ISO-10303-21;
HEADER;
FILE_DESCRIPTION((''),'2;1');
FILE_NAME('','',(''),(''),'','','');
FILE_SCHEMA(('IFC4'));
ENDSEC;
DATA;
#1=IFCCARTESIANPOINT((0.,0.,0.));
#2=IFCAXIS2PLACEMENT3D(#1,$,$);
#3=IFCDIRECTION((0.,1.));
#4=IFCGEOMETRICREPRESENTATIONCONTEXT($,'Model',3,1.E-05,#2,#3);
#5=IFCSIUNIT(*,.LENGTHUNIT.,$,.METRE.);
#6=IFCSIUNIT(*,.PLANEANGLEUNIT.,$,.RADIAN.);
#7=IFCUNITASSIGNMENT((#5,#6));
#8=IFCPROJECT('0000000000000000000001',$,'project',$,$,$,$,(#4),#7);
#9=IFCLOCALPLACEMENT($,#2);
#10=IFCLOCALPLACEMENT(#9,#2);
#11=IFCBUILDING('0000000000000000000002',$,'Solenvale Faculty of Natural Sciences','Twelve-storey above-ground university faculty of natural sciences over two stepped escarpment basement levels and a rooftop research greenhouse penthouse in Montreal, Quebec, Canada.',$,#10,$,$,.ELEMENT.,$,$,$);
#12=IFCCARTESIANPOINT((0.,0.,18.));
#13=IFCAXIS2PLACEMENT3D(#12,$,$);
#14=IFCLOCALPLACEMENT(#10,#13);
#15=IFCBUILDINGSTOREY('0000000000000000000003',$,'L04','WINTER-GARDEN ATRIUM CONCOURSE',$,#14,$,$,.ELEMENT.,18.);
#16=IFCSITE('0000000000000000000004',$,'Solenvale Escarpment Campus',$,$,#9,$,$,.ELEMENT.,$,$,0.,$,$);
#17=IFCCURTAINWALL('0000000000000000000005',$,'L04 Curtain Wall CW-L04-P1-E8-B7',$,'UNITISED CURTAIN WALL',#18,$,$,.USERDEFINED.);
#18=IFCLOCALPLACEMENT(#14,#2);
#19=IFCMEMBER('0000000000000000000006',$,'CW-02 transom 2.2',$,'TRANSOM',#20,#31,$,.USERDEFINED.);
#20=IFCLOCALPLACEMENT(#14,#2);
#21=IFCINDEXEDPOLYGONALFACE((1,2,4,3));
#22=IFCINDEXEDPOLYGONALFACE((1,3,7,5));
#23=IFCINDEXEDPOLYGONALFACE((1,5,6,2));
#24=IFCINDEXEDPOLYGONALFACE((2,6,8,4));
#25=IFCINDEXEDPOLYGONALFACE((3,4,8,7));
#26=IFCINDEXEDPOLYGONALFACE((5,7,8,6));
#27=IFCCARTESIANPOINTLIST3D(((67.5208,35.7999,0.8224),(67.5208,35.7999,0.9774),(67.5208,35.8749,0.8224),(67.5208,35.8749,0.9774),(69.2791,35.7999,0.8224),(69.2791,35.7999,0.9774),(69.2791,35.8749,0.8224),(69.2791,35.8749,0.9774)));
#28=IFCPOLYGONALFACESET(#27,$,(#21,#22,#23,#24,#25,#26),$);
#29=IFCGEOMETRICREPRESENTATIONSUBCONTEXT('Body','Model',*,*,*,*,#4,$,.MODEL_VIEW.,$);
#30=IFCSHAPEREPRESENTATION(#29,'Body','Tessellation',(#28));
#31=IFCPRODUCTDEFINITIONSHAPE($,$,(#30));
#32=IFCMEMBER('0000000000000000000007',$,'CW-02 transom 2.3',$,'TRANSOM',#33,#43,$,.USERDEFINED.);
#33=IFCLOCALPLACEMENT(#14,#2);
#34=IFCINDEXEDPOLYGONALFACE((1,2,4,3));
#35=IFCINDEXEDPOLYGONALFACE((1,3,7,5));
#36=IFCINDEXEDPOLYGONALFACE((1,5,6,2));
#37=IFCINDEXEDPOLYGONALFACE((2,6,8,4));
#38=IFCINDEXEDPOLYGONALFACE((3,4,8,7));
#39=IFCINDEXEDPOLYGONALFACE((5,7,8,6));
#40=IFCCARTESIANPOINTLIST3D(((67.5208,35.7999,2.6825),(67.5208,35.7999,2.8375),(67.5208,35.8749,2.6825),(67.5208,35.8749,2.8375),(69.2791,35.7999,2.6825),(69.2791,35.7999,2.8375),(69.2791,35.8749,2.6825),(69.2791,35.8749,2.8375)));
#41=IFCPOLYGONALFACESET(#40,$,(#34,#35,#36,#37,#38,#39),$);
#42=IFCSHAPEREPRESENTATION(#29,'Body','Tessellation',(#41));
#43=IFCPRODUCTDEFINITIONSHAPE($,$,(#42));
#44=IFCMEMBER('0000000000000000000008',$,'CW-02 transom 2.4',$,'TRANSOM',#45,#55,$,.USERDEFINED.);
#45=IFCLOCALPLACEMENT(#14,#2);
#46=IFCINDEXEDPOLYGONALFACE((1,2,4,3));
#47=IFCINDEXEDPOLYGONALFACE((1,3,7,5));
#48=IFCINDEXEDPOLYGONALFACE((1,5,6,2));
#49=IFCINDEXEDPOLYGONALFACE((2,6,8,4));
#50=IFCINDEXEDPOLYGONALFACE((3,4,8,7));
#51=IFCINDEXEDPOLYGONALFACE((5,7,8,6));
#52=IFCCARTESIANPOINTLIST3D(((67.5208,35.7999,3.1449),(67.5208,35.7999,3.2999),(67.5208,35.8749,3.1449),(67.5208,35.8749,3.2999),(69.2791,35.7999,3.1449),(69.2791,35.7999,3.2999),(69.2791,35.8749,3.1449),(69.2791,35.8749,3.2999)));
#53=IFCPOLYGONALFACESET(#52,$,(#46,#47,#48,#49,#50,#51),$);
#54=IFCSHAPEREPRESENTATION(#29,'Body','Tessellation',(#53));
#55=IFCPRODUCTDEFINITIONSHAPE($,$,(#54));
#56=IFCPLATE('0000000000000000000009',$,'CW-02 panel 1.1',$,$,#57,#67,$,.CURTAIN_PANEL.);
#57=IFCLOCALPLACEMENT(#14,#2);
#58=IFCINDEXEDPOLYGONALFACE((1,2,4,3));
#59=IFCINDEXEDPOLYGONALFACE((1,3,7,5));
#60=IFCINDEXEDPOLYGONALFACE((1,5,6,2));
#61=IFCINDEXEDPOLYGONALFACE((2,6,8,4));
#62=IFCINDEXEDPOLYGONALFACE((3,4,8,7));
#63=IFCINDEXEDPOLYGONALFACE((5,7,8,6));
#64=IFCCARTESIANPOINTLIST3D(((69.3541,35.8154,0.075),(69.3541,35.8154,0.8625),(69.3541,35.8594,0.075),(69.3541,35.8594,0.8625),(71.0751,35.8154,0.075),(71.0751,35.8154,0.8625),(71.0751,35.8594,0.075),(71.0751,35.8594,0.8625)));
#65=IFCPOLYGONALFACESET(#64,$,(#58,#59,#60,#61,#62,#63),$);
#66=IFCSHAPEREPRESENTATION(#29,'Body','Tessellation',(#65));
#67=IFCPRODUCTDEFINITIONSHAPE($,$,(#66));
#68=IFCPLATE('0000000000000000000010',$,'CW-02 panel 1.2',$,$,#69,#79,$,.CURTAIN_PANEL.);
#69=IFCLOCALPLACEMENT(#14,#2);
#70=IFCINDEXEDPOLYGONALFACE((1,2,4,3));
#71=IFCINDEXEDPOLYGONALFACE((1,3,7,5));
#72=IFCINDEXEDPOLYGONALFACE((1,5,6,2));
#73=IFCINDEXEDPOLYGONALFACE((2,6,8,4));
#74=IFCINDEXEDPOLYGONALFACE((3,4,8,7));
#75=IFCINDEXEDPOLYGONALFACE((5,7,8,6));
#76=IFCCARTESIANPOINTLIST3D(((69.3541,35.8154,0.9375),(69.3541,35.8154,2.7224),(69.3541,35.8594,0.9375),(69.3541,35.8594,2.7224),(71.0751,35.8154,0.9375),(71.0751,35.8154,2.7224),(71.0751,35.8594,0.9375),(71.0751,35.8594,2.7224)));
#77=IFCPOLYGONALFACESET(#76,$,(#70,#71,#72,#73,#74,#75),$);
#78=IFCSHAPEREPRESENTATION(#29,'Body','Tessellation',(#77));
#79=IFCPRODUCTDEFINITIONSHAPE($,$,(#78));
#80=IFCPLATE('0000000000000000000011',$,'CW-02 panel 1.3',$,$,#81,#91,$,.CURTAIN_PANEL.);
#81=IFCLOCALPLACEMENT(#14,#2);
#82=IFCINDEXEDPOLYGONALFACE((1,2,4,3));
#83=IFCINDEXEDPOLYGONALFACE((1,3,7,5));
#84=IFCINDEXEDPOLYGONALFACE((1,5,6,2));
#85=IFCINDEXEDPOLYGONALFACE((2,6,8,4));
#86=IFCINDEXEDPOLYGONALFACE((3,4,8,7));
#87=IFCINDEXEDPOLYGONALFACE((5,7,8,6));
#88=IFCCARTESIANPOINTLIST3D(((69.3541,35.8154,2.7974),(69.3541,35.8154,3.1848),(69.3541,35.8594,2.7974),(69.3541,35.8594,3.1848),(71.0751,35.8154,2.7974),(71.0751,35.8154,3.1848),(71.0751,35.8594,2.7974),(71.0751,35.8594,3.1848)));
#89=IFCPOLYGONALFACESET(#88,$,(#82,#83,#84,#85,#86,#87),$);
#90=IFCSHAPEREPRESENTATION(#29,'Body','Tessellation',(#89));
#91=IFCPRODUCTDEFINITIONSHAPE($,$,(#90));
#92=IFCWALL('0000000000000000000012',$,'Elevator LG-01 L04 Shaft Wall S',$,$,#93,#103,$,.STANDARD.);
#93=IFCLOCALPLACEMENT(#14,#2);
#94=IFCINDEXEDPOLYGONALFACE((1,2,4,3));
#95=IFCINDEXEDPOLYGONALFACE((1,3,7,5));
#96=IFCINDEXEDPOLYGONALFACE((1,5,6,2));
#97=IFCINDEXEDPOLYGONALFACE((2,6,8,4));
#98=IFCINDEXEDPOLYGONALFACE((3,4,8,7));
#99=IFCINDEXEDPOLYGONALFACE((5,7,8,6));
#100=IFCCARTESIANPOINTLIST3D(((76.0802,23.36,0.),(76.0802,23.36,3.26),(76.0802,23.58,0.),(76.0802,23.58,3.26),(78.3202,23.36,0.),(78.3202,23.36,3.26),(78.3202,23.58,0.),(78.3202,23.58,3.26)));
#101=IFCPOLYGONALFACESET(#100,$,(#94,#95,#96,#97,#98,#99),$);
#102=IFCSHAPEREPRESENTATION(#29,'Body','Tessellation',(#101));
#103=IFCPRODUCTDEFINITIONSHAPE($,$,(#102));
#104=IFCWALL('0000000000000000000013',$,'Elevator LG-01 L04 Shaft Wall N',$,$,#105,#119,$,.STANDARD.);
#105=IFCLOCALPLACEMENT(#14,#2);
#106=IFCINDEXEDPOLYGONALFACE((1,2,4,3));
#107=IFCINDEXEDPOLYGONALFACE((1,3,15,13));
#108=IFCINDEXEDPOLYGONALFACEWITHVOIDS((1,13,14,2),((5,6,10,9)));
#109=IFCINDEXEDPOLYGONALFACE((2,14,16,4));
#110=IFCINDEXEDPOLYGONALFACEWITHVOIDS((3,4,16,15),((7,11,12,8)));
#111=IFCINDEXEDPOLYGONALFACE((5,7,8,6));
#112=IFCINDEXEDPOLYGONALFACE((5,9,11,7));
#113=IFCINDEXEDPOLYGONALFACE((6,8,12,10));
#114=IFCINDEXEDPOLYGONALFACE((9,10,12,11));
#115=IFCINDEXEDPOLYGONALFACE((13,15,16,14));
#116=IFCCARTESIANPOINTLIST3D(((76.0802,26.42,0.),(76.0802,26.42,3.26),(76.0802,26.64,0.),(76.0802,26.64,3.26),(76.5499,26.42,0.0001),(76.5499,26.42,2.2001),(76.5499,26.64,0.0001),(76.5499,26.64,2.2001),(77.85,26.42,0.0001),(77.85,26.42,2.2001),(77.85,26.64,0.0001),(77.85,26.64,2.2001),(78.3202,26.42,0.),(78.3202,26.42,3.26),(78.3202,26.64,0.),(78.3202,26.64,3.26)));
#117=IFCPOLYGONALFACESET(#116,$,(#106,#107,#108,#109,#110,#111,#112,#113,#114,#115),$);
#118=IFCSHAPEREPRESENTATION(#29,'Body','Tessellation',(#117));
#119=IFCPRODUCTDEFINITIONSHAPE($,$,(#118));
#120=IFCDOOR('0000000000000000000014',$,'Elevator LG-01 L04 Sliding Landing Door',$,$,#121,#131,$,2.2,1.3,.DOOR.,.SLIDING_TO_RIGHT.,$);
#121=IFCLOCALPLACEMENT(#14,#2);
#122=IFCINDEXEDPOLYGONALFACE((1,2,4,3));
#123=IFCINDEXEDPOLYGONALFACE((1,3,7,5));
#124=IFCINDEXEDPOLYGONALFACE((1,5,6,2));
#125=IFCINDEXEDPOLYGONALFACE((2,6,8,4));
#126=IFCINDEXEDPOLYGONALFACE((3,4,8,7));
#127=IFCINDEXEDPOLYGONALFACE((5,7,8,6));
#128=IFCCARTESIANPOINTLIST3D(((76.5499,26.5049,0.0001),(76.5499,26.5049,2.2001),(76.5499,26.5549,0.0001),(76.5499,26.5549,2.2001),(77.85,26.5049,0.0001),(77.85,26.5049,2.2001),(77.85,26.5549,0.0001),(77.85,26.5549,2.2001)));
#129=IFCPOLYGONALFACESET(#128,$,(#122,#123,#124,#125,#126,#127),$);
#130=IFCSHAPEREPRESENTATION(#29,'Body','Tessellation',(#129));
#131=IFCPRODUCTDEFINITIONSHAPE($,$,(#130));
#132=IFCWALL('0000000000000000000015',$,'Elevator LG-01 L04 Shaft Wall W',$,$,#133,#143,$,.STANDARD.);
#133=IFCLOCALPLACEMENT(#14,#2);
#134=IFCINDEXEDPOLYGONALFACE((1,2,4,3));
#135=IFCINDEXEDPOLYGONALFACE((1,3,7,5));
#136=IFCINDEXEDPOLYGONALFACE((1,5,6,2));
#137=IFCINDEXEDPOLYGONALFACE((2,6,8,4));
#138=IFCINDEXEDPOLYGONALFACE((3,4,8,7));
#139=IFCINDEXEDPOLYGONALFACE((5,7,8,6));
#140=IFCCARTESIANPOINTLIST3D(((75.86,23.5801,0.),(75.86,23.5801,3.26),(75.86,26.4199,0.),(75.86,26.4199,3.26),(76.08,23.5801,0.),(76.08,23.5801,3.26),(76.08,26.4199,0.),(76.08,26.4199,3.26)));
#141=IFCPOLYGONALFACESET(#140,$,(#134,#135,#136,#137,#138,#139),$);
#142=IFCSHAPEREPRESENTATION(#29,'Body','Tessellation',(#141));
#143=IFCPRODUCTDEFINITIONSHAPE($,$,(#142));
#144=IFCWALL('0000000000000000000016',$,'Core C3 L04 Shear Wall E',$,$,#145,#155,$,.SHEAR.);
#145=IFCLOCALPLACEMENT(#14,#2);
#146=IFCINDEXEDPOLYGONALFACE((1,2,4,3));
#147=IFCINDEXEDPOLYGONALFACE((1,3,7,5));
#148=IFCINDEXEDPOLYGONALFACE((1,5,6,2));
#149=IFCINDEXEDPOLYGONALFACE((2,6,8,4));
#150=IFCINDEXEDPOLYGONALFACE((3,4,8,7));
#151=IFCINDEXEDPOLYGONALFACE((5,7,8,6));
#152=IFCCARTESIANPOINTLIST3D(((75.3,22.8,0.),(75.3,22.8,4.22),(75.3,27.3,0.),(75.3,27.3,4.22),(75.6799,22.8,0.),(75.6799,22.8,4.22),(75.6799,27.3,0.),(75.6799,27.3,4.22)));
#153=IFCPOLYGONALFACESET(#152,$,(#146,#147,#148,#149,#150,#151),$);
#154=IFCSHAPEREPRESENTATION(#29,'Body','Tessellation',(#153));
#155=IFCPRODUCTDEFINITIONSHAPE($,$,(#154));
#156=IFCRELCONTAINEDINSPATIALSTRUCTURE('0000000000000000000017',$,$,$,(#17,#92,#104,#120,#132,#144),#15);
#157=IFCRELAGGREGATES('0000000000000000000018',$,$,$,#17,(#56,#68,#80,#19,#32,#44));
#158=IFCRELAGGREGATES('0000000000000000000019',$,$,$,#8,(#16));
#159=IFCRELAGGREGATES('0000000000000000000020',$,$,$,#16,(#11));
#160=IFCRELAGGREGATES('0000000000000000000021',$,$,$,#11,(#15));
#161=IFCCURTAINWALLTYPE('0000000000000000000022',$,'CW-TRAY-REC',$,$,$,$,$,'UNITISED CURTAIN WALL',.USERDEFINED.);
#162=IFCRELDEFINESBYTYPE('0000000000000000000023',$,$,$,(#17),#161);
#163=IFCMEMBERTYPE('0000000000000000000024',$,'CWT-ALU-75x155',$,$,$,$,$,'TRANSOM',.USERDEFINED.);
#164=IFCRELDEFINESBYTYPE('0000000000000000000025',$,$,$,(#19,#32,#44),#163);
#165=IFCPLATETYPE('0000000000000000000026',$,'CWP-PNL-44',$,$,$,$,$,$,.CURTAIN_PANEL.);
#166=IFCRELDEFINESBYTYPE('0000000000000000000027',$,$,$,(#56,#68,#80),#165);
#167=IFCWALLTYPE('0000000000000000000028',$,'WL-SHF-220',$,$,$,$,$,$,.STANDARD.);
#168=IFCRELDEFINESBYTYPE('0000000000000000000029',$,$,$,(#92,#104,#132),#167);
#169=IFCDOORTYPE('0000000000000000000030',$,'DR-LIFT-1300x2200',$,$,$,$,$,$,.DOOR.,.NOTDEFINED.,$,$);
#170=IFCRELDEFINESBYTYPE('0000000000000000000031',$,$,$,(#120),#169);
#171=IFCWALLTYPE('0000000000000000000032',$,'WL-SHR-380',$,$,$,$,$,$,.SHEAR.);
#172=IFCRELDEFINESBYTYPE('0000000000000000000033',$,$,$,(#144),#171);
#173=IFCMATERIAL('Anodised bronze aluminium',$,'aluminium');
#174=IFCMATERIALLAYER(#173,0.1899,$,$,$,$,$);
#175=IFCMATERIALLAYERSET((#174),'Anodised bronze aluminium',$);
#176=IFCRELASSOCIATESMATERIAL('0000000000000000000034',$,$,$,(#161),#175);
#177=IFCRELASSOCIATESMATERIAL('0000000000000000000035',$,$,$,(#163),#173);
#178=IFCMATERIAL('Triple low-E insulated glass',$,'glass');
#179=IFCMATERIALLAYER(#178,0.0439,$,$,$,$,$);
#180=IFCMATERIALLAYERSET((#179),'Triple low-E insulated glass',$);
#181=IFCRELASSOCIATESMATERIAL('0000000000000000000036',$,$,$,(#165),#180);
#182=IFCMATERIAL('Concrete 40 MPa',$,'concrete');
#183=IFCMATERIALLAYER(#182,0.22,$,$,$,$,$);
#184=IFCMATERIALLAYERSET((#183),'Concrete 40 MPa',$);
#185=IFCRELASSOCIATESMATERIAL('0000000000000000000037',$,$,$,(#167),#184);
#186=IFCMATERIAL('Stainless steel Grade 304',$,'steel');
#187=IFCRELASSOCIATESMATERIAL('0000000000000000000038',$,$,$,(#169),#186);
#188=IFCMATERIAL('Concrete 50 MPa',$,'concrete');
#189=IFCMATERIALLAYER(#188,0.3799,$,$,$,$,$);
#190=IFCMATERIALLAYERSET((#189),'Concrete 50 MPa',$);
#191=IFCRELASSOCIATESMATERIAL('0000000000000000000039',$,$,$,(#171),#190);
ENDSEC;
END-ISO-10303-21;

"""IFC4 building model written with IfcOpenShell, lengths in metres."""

from ifc_helpers import new_model, si_unit, direction, frame, frame_2d, origin, origin_2d, place, context, subcontext, project, spatial, rectangle, extrude, material, layer, layer_set, material_profile, profile_set, type_object, element, fill, aggregate, save


model = new_model("IFC4")

# Units and contexts
model_context = context("Model", 3, precision=1e-05, world=origin(), true_north=direction((0.0, 1.0)))
body_context = subcontext(model_context, "Body", "Model", "MODEL_VIEW")
ifc_project = project(units=[si_unit("LENGTHUNIT", "METRE"), si_unit("PLANEANGLEUNIT", "RADIAN")], contexts=[model_context])

# Site, building, storey
site_placement = place(None, origin())
site = spatial("IfcSite", under=ifc_project, at=site_placement, Name="Solenvale Escarpment Campus", CompositionType="ELEMENT", RefElevation=0.0)
building_placement = place(site_placement, origin())
building = spatial("IfcBuilding", under=site, at=building_placement, Name="Solenvale Faculty of Natural Sciences", Description="Twelve-storey above-ground university faculty of natural sciences over two stepped escarpment basement levels and a rooftop research greenhouse penthouse in Montreal, Quebec, Canada.", CompositionType="ELEMENT")
storey_placement = place(building_placement, frame((0.0, 0.0, 18.0)))
storey = spatial("IfcBuildingStorey", under=building, at=storey_placement, Name="L04", Description="WINTER-GARDEN ATRIUM CONCOURSE", CompositionType="ELEMENT", Elevation=18.0)

# Shared definitions
ifc_material_1 = material(Name="Concrete 50 MPa", Category="concrete")

# Shared definitions
ifc_material_2 = material(Name="Concrete 40 MPa", Category="concrete")

# Curtain wall, members, plates
ifc_material_3 = material(Name="Anodised bronze aluminium", Category="aluminium")
ifc_layer_1 = layer(ifc_material_3, 0.1899)
ifc_layer_set_1 = layer_set([ifc_layer_1], Name="Anodised bronze aluminium")
curtain_wall_type = type_object("IfcCurtainWallType", Name="CW-TRAY-REC", ElementType="UNITISED CURTAIN WALL", PredefinedType="USERDEFINED", material=ifc_layer_set_1)
curtain_wall_placement = place(storey_placement, origin())
curtain_wall = element("IfcCurtainWall", 1, at=curtain_wall_placement, inside=storey, type_object=curtain_wall_type, Name="L04 Curtain Wall CW-L04-P1-E8-B7", ObjectType="UNITISED CURTAIN WALL", PredefinedType="USERDEFINED")
ifc_material_profile_1 = material_profile(ifc_material_3, rectangle(XDim=0.075, YDim=0.155, at=origin_2d()), Name="ALU-TRN-75x155")
ifc_profile_set_1 = profile_set([ifc_material_profile_1], Name="Anodised bronze aluminium")
member_type_1 = type_object("IfcMemberType", Name="CWT-ALU-75x155", ElementType="TRANSOM", PredefinedType="USERDEFINED", material=ifc_profile_set_1)
member_1_placement = place(storey_placement, frame((69.2791, 35.8374, 0.8999), z_axis=(-1.0, 0.0, 0.0), x_axis=(0.0, -1.0, 0.0)))
member_1 = element("IfcMember", 2, at=member_1_placement, type_object=member_type_1, Name="CW-02 transom 2.2", ObjectType="TRANSOM", PredefinedType="USERDEFINED", context=body_context, shape_type="SweptSolid", body=[
    extrude(rectangle(XDim=0.075, YDim=0.155, at=origin_2d()), origin(), (0.0, 0.0, 1.0), 1.7583),
])
member_2_placement = place(storey_placement, frame((69.2791, 35.8374, 2.76), z_axis=(-1.0, 0.0, 0.0), x_axis=(0.0, -1.0, 0.0)))
member_2 = element("IfcMember", 3, at=member_2_placement, type_object=member_type_1, Name="CW-02 transom 2.3", ObjectType="TRANSOM", PredefinedType="USERDEFINED", context=body_context, shape_type="SweptSolid", body=[
    extrude(rectangle(XDim=0.075, YDim=0.155, at=origin_2d()), origin(), (0.0, 0.0, 1.0), 1.7583),
])
member_3_placement = place(storey_placement, frame((69.2791, 35.8374, 3.2224), z_axis=(-1.0, 0.0, 0.0), x_axis=(0.0, -1.0, 0.0)))
member_3 = element("IfcMember", 4, at=member_3_placement, type_object=member_type_1, Name="CW-02 transom 2.4", ObjectType="TRANSOM", PredefinedType="USERDEFINED", context=body_context, shape_type="SweptSolid", body=[
    extrude(rectangle(XDim=0.075, YDim=0.155, at=origin_2d()), origin(), (0.0, 0.0, 1.0), 1.7583),
])
ifc_material_4 = material(Name="Triple low-E insulated glass", Category="glass")
ifc_layer_2 = layer(ifc_material_4, 0.0439)
ifc_layer_set_2 = layer_set([ifc_layer_2], Name="Triple low-E insulated glass")
plate_type = type_object("IfcPlateType", Name="CWP-PNL-44", PredefinedType="CURTAIN_PANEL", material=ifc_layer_set_2)
plate_1_placement = place(storey_placement, frame((70.2146, 35.8374, 0.075), z_axis=(0.0, 0.0, 1.0), x_axis=(-1.0, 0.0, 0.0)))
plate_1 = element("IfcPlate", 5, at=plate_1_placement, type_object=plate_type, Name="CW-02 panel 1.1", PredefinedType="CURTAIN_PANEL", context=body_context, shape_type="SweptSolid", body=[
    extrude(rectangle(XDim=1.7209, YDim=0.0439, at=origin_2d()), origin(), (0.0, 0.0, 1.0), 0.7876),
])
plate_2_placement = place(storey_placement, frame((70.2146, 35.8374, 0.9375), z_axis=(0.0, 0.0, 1.0), x_axis=(-1.0, 0.0, 0.0)))
plate_2 = element("IfcPlate", 6, at=plate_2_placement, type_object=plate_type, Name="CW-02 panel 1.2", PredefinedType="CURTAIN_PANEL", context=body_context, shape_type="SweptSolid", body=[
    extrude(rectangle(XDim=1.7209, YDim=0.0439, at=origin_2d()), origin(), (0.0, 0.0, 1.0), 1.7849),
])
plate_3_placement = place(storey_placement, frame((70.2146, 35.8374, 2.7974), z_axis=(0.0, 0.0, 1.0), x_axis=(-1.0, 0.0, 0.0)))
plate_3 = element("IfcPlate", 7, at=plate_3_placement, type_object=plate_type, Name="CW-02 panel 1.3", PredefinedType="CURTAIN_PANEL", context=body_context, shape_type="SweptSolid", body=[
    extrude(rectangle(XDim=1.7209, YDim=0.0439, at=origin_2d()), origin(), (0.0, 0.0, 1.0), 0.3875),
])
aggregate(curtain_wall, [plate_1, plate_2, plate_3, member_1, member_2, member_3])

# Wall
ifc_layer_3 = layer(ifc_material_2, 0.22)
ifc_layer_set_3 = layer_set([ifc_layer_3], Name="Concrete 40 MPa")
wall_type_1 = type_object("IfcWallType", Name="WL-SHF-220", PredefinedType="STANDARD", material=ifc_layer_set_3)
wall_1_placement = place(storey_placement, frame((76.0801, 23.47, 0.0), z_axis=(0.0, 0.0, 1.0), x_axis=(1.0, 0.0, 0.0)))
element("IfcWall", 8, at=wall_1_placement, inside=storey, type_object=wall_type_1, Name="Elevator LG-01 L04 Shaft Wall S", PredefinedType="STANDARD", context=body_context, shape_type="SweptSolid", body=[
    extrude(rectangle(XDim=2.24, YDim=0.22, at=frame_2d((1.1201, 0.0))), origin(), (0.0, 0.0, 1.0), 3.26),
])

# Wall, opening, door
wall_2_placement = place(storey_placement, frame((76.0801, 26.53, 0.0), z_axis=(0.0, 0.0, 1.0), x_axis=(1.0, 0.0, 0.0)))
wall_2 = element("IfcWall", 9, at=wall_2_placement, inside=storey, type_object=wall_type_1, Name="Elevator LG-01 L04 Shaft Wall N", PredefinedType="STANDARD", context=body_context, shape_type="SweptSolid", body=[
    extrude(rectangle(XDim=2.24, YDim=0.22, at=frame_2d((1.1201, 0.0))), origin(), (0.0, 0.0, 1.0), 3.26),
])
opening_placement = place(wall_2_placement, frame((0.47, 0.0, 0.0)))
opening = element("IfcOpeningElement", 10, at=opening_placement, cuts=wall_2, PredefinedType="OPENING", context=body_context, shape_type="SweptSolid", body=[
    extrude(rectangle(XDim=1.3, YDim=2.2, at=frame_2d((0.6499, 1.1001))), frame((0.0, 0.1199, 0.0), z_axis=(0.0, -1.0, 0.0), x_axis=(1.0, 0.0, 0.0)), (0.0, 0.0, 1.0), 0.24),
])
ifc_material_5 = material(Name="Stainless steel Grade 304", Category="steel")
door_type = type_object("IfcDoorType", Name="DR-LIFT-1300x2200", OperationType="NOTDEFINED", PredefinedType="DOOR", material=ifc_material_5)
door_placement = place(opening_placement, origin())
door = element("IfcDoor", 11, at=door_placement, inside=storey, type_object=door_type, Name="Elevator LG-01 L04 Sliding Landing Door", OperationType="SLIDING_TO_RIGHT", OverallHeight=2.2, OverallWidth=1.3, PredefinedType="DOOR", context=body_context, shape_type="SweptSolid", body=[
    extrude(rectangle(XDim=1.3, YDim=2.2, at=frame_2d((0.6499, 1.1001))), frame((0.0, 0.0249, 0.0), z_axis=(0.0, -1.0, 0.0), x_axis=(1.0, 0.0, 0.0)), (0.0, 0.0, 1.0), 0.05),
])
fill(opening, door)

# Walls
wall_3_placement = place(storey_placement, frame((75.97, 23.5801, 0.0), z_axis=(0.0, 0.0, 1.0), x_axis=(0.0, 1.0, 0.0)))
element("IfcWall", 12, at=wall_3_placement, inside=storey, type_object=wall_type_1, Name="Elevator LG-01 L04 Shaft Wall W", PredefinedType="STANDARD", context=body_context, shape_type="SweptSolid", body=[
    extrude(rectangle(XDim=2.8398, YDim=0.22, at=frame_2d((1.4199, 0.0))), origin(), (0.0, 0.0, 1.0), 3.26),
])
ifc_layer_4 = layer(ifc_material_1, 0.3799)
ifc_layer_set_4 = layer_set([ifc_layer_4], Name="Concrete 50 MPa")
wall_type_2 = type_object("IfcWallType", Name="WL-SHR-380", PredefinedType="SHEAR", material=ifc_layer_set_4)
wall_4_placement = place(storey_placement, frame((75.49, 22.8, 0.0), z_axis=(0.0, 0.0, 1.0), x_axis=(0.0, 1.0, 0.0)))
element("IfcWall", 13, at=wall_4_placement, inside=storey, type_object=wall_type_2, Name="Core C3 L04 Shear Wall E", PredefinedType="SHEAR", context=body_context, shape_type="SweptSolid", body=[
    extrude(rectangle(XDim=4.5, YDim=0.3799, at=frame_2d((2.25, 0.0))), origin(), (0.0, 0.0, 1.0), 4.22),
])

save(model, "model.ifc")
